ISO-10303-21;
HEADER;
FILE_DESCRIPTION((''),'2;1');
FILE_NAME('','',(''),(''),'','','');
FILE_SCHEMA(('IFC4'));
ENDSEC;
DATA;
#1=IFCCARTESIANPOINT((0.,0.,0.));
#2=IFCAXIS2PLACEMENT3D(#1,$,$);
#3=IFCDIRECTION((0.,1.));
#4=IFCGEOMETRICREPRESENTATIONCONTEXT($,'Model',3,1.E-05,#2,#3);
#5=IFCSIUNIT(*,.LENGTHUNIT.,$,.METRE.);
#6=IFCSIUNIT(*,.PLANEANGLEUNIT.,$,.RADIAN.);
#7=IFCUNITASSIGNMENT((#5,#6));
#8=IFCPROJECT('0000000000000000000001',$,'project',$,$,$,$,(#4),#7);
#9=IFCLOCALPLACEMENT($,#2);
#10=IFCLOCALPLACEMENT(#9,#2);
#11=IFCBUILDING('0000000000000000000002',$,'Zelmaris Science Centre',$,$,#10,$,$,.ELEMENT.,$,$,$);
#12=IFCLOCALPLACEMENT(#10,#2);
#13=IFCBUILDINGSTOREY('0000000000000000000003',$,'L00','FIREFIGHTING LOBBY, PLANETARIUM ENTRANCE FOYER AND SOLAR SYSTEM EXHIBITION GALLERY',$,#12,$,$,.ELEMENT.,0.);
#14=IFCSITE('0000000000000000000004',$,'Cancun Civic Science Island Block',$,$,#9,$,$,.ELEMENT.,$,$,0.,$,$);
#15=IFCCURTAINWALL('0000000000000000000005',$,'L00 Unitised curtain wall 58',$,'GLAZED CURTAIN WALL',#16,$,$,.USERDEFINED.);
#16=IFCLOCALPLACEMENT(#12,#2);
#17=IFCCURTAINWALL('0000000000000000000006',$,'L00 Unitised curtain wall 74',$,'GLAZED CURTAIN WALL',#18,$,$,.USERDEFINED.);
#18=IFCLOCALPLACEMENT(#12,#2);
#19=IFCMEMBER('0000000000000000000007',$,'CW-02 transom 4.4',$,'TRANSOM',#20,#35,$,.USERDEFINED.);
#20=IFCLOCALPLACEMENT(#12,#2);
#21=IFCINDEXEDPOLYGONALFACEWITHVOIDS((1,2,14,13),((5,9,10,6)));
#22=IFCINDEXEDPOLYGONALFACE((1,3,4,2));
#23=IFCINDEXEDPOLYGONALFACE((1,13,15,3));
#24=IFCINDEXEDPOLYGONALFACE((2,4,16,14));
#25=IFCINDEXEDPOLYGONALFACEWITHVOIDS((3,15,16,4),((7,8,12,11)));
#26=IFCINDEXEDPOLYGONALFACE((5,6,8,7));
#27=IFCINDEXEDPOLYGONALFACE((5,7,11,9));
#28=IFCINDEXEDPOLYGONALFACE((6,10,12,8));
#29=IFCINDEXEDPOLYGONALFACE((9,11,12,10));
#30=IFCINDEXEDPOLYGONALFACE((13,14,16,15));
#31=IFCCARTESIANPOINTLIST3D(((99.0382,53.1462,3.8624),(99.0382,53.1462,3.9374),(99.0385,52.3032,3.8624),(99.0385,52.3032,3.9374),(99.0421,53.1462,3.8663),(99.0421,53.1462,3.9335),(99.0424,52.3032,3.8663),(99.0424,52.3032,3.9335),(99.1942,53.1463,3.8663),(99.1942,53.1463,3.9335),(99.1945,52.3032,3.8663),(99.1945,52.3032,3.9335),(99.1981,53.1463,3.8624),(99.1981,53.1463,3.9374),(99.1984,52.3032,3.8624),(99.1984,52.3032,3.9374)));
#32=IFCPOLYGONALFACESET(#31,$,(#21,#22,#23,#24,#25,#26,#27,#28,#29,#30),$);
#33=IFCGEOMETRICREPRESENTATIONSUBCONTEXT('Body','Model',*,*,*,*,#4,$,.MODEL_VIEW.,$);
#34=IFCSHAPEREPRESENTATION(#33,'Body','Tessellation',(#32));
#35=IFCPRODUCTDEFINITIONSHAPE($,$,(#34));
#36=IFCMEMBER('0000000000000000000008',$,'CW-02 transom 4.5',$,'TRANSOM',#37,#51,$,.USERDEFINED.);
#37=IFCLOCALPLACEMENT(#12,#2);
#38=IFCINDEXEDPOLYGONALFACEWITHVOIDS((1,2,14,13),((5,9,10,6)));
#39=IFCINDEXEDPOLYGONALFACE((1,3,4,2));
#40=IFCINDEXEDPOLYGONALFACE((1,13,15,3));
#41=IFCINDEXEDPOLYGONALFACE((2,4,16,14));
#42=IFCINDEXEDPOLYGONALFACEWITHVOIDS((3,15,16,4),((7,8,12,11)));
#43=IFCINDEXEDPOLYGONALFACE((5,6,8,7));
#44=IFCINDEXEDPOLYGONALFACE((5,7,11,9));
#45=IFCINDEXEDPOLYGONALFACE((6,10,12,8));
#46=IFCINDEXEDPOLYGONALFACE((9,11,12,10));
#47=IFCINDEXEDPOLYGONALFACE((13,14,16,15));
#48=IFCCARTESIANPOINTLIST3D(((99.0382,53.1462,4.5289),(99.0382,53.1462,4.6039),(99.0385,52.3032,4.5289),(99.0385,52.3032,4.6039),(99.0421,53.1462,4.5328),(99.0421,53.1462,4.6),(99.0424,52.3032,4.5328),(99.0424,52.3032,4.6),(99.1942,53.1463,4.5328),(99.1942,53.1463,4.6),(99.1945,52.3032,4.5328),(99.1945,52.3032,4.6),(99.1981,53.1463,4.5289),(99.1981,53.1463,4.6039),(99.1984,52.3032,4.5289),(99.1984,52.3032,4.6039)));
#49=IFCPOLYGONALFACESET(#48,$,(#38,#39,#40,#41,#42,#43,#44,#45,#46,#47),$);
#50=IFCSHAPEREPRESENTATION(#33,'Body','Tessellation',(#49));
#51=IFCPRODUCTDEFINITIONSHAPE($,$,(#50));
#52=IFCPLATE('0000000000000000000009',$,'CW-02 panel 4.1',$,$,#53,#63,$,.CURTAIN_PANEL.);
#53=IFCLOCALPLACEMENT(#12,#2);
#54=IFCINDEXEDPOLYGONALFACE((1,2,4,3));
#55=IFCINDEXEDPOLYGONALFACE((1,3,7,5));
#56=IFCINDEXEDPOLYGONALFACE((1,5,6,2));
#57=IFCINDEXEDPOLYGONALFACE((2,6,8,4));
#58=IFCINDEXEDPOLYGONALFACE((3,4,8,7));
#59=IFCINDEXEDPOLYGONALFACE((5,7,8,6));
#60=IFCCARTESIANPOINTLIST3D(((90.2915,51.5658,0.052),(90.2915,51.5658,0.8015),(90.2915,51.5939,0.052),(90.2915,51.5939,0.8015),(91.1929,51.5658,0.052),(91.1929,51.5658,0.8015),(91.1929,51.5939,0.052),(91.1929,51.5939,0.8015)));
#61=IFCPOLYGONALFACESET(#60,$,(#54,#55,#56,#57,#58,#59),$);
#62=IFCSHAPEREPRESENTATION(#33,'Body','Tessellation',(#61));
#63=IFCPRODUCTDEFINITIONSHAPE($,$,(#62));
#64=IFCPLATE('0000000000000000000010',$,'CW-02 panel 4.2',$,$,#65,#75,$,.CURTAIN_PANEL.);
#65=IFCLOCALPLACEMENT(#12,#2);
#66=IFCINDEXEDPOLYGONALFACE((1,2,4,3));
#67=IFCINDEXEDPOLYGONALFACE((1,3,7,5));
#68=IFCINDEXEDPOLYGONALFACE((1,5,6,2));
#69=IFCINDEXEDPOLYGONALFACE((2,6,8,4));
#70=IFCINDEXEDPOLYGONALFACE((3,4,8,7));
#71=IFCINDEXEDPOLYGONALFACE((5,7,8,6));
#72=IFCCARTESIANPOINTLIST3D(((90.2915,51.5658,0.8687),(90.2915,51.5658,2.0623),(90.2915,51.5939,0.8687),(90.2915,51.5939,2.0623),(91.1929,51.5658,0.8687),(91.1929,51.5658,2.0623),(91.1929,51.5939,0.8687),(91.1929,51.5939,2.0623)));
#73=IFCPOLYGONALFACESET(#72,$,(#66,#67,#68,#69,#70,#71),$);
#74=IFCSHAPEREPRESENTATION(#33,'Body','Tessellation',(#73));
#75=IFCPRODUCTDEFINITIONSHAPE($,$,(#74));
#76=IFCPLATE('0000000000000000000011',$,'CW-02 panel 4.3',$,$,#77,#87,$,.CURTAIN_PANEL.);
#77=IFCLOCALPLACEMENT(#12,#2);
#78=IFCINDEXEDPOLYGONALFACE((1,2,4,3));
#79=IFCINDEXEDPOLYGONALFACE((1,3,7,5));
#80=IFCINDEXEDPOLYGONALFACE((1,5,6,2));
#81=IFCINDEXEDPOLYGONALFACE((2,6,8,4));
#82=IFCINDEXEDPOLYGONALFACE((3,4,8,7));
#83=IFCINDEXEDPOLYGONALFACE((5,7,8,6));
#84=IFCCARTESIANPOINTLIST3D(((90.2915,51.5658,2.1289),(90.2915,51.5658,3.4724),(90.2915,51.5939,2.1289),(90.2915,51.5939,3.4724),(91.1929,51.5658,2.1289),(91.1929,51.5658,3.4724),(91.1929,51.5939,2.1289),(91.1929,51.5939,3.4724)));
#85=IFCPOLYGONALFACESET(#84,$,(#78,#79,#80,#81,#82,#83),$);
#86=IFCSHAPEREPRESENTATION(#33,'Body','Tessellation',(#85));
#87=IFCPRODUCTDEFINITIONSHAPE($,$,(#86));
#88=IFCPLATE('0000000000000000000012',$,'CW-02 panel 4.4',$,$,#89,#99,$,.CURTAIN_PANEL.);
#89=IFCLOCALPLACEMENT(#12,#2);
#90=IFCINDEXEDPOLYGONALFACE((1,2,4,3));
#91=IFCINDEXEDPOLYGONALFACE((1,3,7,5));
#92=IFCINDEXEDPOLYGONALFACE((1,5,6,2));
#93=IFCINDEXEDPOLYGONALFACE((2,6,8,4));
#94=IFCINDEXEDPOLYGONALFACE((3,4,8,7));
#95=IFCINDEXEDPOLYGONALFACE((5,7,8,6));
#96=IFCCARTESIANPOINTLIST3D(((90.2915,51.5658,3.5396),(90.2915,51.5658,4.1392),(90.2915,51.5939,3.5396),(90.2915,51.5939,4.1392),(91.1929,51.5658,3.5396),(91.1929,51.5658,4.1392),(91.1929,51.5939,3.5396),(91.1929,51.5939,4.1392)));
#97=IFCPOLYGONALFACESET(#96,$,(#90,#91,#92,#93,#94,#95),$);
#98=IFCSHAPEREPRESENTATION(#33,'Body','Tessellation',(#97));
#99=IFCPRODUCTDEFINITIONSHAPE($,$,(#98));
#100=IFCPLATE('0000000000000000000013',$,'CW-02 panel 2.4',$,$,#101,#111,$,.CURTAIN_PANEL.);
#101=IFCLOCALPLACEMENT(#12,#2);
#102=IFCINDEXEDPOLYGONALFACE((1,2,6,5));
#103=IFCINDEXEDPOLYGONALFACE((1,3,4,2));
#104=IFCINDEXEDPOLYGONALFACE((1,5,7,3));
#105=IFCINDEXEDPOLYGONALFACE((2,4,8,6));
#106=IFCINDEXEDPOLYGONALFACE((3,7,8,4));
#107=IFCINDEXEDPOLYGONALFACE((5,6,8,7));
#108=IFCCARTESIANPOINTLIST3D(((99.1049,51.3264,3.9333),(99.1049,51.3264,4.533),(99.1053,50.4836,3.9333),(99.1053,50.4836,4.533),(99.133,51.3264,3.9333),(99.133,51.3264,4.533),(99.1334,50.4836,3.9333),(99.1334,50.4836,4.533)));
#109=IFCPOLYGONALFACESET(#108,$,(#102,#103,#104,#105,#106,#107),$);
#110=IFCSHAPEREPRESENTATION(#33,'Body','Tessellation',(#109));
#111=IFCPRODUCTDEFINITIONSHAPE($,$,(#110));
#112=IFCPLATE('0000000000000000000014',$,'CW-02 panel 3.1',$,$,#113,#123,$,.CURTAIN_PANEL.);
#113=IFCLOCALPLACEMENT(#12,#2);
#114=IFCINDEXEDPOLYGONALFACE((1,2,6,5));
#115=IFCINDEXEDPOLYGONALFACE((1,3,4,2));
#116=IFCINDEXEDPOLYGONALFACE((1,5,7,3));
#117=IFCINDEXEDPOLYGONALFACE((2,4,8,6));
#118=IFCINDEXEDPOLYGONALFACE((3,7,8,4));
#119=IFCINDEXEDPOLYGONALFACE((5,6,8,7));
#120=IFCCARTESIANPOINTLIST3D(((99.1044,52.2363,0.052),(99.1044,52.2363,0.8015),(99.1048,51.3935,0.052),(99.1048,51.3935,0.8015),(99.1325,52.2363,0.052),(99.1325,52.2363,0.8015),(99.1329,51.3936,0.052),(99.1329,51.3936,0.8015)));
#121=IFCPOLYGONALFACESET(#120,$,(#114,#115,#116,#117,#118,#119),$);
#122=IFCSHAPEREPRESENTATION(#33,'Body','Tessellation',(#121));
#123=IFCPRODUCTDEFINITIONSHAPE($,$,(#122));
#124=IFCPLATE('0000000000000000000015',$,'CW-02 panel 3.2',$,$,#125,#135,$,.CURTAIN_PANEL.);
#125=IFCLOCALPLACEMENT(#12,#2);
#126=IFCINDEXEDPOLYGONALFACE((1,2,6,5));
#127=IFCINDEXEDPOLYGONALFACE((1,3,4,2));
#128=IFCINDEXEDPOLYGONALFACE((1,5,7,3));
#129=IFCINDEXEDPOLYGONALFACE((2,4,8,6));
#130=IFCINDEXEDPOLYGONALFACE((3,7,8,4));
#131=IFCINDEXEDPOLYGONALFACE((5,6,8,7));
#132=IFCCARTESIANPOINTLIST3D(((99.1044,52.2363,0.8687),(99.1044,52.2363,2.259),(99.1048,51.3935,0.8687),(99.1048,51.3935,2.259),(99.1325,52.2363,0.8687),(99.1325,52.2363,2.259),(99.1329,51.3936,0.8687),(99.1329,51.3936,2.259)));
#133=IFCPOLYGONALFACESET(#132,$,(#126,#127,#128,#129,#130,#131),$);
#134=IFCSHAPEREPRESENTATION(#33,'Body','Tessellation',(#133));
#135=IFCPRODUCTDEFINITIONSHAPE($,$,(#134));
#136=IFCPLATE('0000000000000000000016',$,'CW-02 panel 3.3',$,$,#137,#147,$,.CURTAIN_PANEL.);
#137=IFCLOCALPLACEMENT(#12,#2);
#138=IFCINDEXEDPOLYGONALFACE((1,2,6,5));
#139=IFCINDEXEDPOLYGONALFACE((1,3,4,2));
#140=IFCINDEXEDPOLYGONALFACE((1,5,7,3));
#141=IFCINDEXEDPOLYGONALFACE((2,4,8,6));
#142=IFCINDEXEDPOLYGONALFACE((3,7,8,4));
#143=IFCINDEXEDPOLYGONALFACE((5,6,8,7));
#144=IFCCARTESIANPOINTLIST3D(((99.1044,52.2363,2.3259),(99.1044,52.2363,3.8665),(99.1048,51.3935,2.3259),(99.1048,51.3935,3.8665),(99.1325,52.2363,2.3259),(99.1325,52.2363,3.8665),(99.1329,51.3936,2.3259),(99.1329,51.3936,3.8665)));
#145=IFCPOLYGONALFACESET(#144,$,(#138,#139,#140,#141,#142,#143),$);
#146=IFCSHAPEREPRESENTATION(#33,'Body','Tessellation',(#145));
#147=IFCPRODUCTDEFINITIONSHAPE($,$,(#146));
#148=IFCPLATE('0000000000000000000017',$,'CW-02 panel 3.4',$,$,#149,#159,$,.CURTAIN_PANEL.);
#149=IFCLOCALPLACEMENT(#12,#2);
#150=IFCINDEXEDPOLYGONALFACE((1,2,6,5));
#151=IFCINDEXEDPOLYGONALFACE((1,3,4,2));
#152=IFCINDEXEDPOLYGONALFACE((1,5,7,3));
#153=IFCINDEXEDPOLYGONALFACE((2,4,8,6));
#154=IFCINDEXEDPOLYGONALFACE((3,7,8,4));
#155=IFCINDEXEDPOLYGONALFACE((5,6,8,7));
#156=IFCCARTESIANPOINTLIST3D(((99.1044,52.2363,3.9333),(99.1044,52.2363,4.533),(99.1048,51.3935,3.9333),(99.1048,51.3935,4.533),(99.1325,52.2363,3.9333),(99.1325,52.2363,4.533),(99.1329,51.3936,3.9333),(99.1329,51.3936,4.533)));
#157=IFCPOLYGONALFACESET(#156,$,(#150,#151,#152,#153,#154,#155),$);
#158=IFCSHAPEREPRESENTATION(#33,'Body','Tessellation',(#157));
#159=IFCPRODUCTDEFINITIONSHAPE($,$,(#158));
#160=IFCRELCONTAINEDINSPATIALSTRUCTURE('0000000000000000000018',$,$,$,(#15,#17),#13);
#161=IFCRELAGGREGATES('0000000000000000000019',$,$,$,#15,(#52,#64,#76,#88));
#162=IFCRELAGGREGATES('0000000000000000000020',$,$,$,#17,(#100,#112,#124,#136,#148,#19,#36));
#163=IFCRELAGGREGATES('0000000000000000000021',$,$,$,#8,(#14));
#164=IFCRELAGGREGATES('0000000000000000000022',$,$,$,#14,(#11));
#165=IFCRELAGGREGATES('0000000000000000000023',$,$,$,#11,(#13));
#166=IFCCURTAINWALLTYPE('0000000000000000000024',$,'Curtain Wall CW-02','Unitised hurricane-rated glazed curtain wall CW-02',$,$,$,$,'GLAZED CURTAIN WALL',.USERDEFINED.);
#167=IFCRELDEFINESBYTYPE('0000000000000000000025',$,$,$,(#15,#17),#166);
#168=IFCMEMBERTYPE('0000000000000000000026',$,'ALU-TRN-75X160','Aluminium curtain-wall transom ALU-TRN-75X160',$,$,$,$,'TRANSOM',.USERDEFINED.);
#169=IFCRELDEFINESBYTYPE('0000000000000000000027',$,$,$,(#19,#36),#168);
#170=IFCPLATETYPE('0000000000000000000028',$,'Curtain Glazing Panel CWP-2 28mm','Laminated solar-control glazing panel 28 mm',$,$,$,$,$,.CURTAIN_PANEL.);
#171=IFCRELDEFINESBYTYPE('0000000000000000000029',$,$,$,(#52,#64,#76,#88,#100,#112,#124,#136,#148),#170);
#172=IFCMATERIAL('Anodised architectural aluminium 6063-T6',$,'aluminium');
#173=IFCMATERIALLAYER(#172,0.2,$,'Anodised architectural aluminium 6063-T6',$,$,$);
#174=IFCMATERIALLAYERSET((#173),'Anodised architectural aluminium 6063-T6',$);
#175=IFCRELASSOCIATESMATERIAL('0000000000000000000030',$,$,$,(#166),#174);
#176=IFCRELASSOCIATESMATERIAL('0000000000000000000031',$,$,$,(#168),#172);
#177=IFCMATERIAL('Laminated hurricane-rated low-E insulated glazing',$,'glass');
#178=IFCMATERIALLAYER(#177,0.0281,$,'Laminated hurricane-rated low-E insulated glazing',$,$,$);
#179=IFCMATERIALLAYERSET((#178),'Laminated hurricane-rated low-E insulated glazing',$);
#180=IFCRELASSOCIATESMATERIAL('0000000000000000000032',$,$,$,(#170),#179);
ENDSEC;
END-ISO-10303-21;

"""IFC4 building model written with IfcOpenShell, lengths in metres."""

from ifc_helpers import new_model, si_unit, direction, frame, origin, origin_2d, place, context, subcontext, project, spatial, rectangle, hollow_rectangle, extrude, material, layer, layer_set, material_profile, profile_set, type_object, element, aggregate, save


model = new_model("IFC4")

# Units and contexts
model_context = context("Model", 3, precision=1e-05, world=origin(), true_north=direction((0.0, 1.0)))
body_context = subcontext(model_context, "Body", "Model", "MODEL_VIEW")
ifc_project = project(units=[si_unit("LENGTHUNIT", "METRE"), si_unit("PLANEANGLEUNIT", "RADIAN")], contexts=[model_context])

# Site, building, storey
site_placement = place(None, origin())
site = spatial("IfcSite", under=ifc_project, at=site_placement, Name="Cancun Civic Science Island Block", CompositionType="ELEMENT", RefElevation=0.0)
building_placement = place(site_placement, origin())
building = spatial("IfcBuilding", under=site, at=building_placement, Name="Zelmaris Science Centre", CompositionType="ELEMENT")
storey_placement = place(building_placement, origin())
storey = spatial("IfcBuildingStorey", under=building, at=storey_placement, Name="L00", Description="FIREFIGHTING LOBBY, PLANETARIUM ENTRANCE FOYER AND SOLAR SYSTEM EXHIBITION GALLERY", CompositionType="ELEMENT", Elevation=0.0)

# Curtain wall
ifc_material_1 = material(Name="Anodised architectural aluminium 6063-T6", Category="aluminium")
ifc_layer_1 = layer(ifc_material_1, 0.2, Name="Anodised architectural aluminium 6063-T6")
ifc_layer_set_1 = layer_set([ifc_layer_1], Name="Anodised architectural aluminium 6063-T6")
curtain_wall_type_1 = type_object("IfcCurtainWallType", Name="Curtain Wall CW-02", Description="Unitised hurricane-rated glazed curtain wall CW-02", ElementType="GLAZED CURTAIN WALL", PredefinedType="USERDEFINED", material=ifc_layer_set_1)
curtain_wall_1_placement = place(storey_placement, origin())
curtain_wall_1 = element("IfcCurtainWall", 1, at=curtain_wall_1_placement, inside=storey, type_object=curtain_wall_type_1, Name="L00 Unitised curtain wall 58", ObjectType="GLAZED CURTAIN WALL", PredefinedType="USERDEFINED")

# Curtain wall
curtain_wall_2_placement = place(storey_placement, origin())
curtain_wall_2 = element("IfcCurtainWall", 2, at=curtain_wall_2_placement, inside=storey, type_object=curtain_wall_type_1, Name="L00 Unitised curtain wall 74", ObjectType="GLAZED CURTAIN WALL", PredefinedType="USERDEFINED")

# Members
ifc_material_profile_1 = material_profile(ifc_material_1, hollow_rectangle(XDim=0.075, YDim=0.1599, WallThickness=0.0039, at=origin_2d()), Name="ALU-TRN-75X160")
ifc_profile_set_1 = profile_set([ifc_material_profile_1], Name="Anodised architectural aluminium 6063-T6")
member_type_1 = type_object("IfcMemberType", Name="ALU-TRN-75X160", Description="Aluminium curtain-wall transom ALU-TRN-75X160", ElementType="TRANSOM", PredefinedType="USERDEFINED", material=ifc_profile_set_1)
member_1_placement = place(storey_placement, frame((99.1184, 52.3032, 3.8999), z_axis=(-0.00029, 1.0, 0.0), x_axis=(0.0, 0.0, 1.0)))
member_1 = element("IfcMember", 3, at=member_1_placement, type_object=member_type_1, Name="CW-02 transom 4.4", ObjectType="TRANSOM", PredefinedType="USERDEFINED", context=body_context, shape_type="SweptSolid", body=[
    extrude(hollow_rectangle(XDim=0.075, YDim=0.1599, WallThickness=0.0039, at=origin_2d()), origin(), (0.0, 0.0, 1.0), 0.843),
])
member_2_placement = place(storey_placement, frame((99.1184, 52.3032, 4.5664), z_axis=(-0.00029, 1.0, 0.0), x_axis=(0.0, 0.0, 1.0)))
member_2 = element("IfcMember", 4, at=member_2_placement, type_object=member_type_1, Name="CW-02 transom 4.5", ObjectType="TRANSOM", PredefinedType="USERDEFINED", context=body_context, shape_type="SweptSolid", body=[
    extrude(hollow_rectangle(XDim=0.075, YDim=0.1599, WallThickness=0.0039, at=origin_2d()), origin(), (0.0, 0.0, 1.0), 0.843),
])

# Plates
ifc_material_2 = material(Name="Laminated hurricane-rated low-E insulated glazing", Category="glass")
ifc_layer_2 = layer(ifc_material_2, 0.0281, Name="Laminated hurricane-rated low-E insulated glazing")
ifc_layer_set_2 = layer_set([ifc_layer_2], Name="Laminated hurricane-rated low-E insulated glazing")
plate_type = type_object("IfcPlateType", Name="Curtain Glazing Panel CWP-2 28mm", Description="Laminated solar-control glazing panel 28 mm", PredefinedType="CURTAIN_PANEL", material=ifc_layer_set_2)
plate_1_placement = place(storey_placement, frame((90.7422, 51.5798, 0.052), z_axis=(0.0, 0.0, 1.0), x_axis=(1.0, 0.0, 0.0)))
plate_1 = element("IfcPlate", 5, at=plate_1_placement, type_object=plate_type, Name="CW-02 panel 4.1", PredefinedType="CURTAIN_PANEL", context=body_context, shape_type="SweptSolid", body=[
    extrude(rectangle(XDim=0.9014, YDim=0.0281, at=origin_2d()), origin(), (0.0, 0.0, 1.0), 0.7495),
])
plate_2_placement = place(storey_placement, frame((90.7422, 51.5798, 0.8687), z_axis=(0.0, 0.0, 1.0), x_axis=(1.0, 0.0, 0.0)))
plate_2 = element("IfcPlate", 6, at=plate_2_placement, type_object=plate_type, Name="CW-02 panel 4.2", PredefinedType="CURTAIN_PANEL", context=body_context, shape_type="SweptSolid", body=[
    extrude(rectangle(XDim=0.9014, YDim=0.0281, at=origin_2d()), origin(), (0.0, 0.0, 1.0), 1.1936),
])
plate_3_placement = place(storey_placement, frame((90.7422, 51.5798, 2.1289), z_axis=(0.0, 0.0, 1.0), x_axis=(1.0, 0.0, 0.0)))
plate_3 = element("IfcPlate", 7, at=plate_3_placement, type_object=plate_type, Name="CW-02 panel 4.3", PredefinedType="CURTAIN_PANEL", context=body_context, shape_type="SweptSolid", body=[
    extrude(rectangle(XDim=0.9014, YDim=0.0281, at=origin_2d()), origin(), (0.0, 0.0, 1.0), 1.3435),
])
plate_4_placement = place(storey_placement, frame((90.7422, 51.5798, 3.5396), z_axis=(0.0, 0.0, 1.0), x_axis=(1.0, 0.0, 0.0)))
plate_4 = element("IfcPlate", 8, at=plate_4_placement, type_object=plate_type, Name="CW-02 panel 4.4", PredefinedType="CURTAIN_PANEL", context=body_context, shape_type="SweptSolid", body=[
    extrude(rectangle(XDim=0.9014, YDim=0.0281, at=origin_2d()), origin(), (0.0, 0.0, 1.0), 0.5996),
])
aggregate(curtain_wall_1, [plate_1, plate_2, plate_3, plate_4])
plate_5_placement = place(storey_placement, frame((99.1191, 50.905, 3.9333), z_axis=(0.0, 0.0, 1.0), x_axis=(-0.000484, 1.0, 0.0)))
plate_5 = element("IfcPlate", 9, at=plate_5_placement, type_object=plate_type, Name="CW-02 panel 2.4", PredefinedType="CURTAIN_PANEL", context=body_context, shape_type="SweptSolid", body=[
    extrude(rectangle(XDim=0.8428, YDim=0.0281, at=origin_2d()), origin(), (0.0, 0.0, 1.0), 0.5996),
])
plate_6_placement = place(storey_placement, frame((99.1187, 51.8149, 0.052), z_axis=(0.0, 0.0, 1.0), x_axis=(-0.000484, 1.0, 0.0)))
plate_6 = element("IfcPlate", 10, at=plate_6_placement, type_object=plate_type, Name="CW-02 panel 3.1", PredefinedType="CURTAIN_PANEL", context=body_context, shape_type="SweptSolid", body=[
    extrude(rectangle(XDim=0.8428, YDim=0.0281, at=origin_2d()), origin(), (0.0, 0.0, 1.0), 0.7495),
])
plate_7_placement = place(storey_placement, frame((99.1187, 51.8149, 0.8687), z_axis=(0.0, 0.0, 1.0), x_axis=(-0.000484, 1.0, 0.0)))
plate_7 = element("IfcPlate", 11, at=plate_7_placement, type_object=plate_type, Name="CW-02 panel 3.2", PredefinedType="CURTAIN_PANEL", context=body_context, shape_type="SweptSolid", body=[
    extrude(rectangle(XDim=0.8428, YDim=0.0281, at=origin_2d()), origin(), (0.0, 0.0, 1.0), 1.3904),
])
plate_8_placement = place(storey_placement, frame((99.1187, 51.8149, 2.3259), z_axis=(0.0, 0.0, 1.0), x_axis=(-0.000484, 1.0, 0.0)))
plate_8 = element("IfcPlate", 12, at=plate_8_placement, type_object=plate_type, Name="CW-02 panel 3.3", PredefinedType="CURTAIN_PANEL", context=body_context, shape_type="SweptSolid", body=[
    extrude(rectangle(XDim=0.8428, YDim=0.0281, at=origin_2d()), origin(), (0.0, 0.0, 1.0), 1.5405),
])
plate_9_placement = place(storey_placement, frame((99.1187, 51.8149, 3.9333), z_axis=(0.0, 0.0, 1.0), x_axis=(-0.000484, 1.0, 0.0)))
plate_9 = element("IfcPlate", 13, at=plate_9_placement, type_object=plate_type, Name="CW-02 panel 3.4", PredefinedType="CURTAIN_PANEL", context=body_context, shape_type="SweptSolid", body=[
    extrude(rectangle(XDim=0.8428, YDim=0.0281, at=origin_2d()), origin(), (0.0, 0.0, 1.0), 0.5996),
])
aggregate(curtain_wall_2, [plate_5, plate_6, plate_7, plate_8, plate_9, member_1, member_2])

save(model, "model.ifc")
